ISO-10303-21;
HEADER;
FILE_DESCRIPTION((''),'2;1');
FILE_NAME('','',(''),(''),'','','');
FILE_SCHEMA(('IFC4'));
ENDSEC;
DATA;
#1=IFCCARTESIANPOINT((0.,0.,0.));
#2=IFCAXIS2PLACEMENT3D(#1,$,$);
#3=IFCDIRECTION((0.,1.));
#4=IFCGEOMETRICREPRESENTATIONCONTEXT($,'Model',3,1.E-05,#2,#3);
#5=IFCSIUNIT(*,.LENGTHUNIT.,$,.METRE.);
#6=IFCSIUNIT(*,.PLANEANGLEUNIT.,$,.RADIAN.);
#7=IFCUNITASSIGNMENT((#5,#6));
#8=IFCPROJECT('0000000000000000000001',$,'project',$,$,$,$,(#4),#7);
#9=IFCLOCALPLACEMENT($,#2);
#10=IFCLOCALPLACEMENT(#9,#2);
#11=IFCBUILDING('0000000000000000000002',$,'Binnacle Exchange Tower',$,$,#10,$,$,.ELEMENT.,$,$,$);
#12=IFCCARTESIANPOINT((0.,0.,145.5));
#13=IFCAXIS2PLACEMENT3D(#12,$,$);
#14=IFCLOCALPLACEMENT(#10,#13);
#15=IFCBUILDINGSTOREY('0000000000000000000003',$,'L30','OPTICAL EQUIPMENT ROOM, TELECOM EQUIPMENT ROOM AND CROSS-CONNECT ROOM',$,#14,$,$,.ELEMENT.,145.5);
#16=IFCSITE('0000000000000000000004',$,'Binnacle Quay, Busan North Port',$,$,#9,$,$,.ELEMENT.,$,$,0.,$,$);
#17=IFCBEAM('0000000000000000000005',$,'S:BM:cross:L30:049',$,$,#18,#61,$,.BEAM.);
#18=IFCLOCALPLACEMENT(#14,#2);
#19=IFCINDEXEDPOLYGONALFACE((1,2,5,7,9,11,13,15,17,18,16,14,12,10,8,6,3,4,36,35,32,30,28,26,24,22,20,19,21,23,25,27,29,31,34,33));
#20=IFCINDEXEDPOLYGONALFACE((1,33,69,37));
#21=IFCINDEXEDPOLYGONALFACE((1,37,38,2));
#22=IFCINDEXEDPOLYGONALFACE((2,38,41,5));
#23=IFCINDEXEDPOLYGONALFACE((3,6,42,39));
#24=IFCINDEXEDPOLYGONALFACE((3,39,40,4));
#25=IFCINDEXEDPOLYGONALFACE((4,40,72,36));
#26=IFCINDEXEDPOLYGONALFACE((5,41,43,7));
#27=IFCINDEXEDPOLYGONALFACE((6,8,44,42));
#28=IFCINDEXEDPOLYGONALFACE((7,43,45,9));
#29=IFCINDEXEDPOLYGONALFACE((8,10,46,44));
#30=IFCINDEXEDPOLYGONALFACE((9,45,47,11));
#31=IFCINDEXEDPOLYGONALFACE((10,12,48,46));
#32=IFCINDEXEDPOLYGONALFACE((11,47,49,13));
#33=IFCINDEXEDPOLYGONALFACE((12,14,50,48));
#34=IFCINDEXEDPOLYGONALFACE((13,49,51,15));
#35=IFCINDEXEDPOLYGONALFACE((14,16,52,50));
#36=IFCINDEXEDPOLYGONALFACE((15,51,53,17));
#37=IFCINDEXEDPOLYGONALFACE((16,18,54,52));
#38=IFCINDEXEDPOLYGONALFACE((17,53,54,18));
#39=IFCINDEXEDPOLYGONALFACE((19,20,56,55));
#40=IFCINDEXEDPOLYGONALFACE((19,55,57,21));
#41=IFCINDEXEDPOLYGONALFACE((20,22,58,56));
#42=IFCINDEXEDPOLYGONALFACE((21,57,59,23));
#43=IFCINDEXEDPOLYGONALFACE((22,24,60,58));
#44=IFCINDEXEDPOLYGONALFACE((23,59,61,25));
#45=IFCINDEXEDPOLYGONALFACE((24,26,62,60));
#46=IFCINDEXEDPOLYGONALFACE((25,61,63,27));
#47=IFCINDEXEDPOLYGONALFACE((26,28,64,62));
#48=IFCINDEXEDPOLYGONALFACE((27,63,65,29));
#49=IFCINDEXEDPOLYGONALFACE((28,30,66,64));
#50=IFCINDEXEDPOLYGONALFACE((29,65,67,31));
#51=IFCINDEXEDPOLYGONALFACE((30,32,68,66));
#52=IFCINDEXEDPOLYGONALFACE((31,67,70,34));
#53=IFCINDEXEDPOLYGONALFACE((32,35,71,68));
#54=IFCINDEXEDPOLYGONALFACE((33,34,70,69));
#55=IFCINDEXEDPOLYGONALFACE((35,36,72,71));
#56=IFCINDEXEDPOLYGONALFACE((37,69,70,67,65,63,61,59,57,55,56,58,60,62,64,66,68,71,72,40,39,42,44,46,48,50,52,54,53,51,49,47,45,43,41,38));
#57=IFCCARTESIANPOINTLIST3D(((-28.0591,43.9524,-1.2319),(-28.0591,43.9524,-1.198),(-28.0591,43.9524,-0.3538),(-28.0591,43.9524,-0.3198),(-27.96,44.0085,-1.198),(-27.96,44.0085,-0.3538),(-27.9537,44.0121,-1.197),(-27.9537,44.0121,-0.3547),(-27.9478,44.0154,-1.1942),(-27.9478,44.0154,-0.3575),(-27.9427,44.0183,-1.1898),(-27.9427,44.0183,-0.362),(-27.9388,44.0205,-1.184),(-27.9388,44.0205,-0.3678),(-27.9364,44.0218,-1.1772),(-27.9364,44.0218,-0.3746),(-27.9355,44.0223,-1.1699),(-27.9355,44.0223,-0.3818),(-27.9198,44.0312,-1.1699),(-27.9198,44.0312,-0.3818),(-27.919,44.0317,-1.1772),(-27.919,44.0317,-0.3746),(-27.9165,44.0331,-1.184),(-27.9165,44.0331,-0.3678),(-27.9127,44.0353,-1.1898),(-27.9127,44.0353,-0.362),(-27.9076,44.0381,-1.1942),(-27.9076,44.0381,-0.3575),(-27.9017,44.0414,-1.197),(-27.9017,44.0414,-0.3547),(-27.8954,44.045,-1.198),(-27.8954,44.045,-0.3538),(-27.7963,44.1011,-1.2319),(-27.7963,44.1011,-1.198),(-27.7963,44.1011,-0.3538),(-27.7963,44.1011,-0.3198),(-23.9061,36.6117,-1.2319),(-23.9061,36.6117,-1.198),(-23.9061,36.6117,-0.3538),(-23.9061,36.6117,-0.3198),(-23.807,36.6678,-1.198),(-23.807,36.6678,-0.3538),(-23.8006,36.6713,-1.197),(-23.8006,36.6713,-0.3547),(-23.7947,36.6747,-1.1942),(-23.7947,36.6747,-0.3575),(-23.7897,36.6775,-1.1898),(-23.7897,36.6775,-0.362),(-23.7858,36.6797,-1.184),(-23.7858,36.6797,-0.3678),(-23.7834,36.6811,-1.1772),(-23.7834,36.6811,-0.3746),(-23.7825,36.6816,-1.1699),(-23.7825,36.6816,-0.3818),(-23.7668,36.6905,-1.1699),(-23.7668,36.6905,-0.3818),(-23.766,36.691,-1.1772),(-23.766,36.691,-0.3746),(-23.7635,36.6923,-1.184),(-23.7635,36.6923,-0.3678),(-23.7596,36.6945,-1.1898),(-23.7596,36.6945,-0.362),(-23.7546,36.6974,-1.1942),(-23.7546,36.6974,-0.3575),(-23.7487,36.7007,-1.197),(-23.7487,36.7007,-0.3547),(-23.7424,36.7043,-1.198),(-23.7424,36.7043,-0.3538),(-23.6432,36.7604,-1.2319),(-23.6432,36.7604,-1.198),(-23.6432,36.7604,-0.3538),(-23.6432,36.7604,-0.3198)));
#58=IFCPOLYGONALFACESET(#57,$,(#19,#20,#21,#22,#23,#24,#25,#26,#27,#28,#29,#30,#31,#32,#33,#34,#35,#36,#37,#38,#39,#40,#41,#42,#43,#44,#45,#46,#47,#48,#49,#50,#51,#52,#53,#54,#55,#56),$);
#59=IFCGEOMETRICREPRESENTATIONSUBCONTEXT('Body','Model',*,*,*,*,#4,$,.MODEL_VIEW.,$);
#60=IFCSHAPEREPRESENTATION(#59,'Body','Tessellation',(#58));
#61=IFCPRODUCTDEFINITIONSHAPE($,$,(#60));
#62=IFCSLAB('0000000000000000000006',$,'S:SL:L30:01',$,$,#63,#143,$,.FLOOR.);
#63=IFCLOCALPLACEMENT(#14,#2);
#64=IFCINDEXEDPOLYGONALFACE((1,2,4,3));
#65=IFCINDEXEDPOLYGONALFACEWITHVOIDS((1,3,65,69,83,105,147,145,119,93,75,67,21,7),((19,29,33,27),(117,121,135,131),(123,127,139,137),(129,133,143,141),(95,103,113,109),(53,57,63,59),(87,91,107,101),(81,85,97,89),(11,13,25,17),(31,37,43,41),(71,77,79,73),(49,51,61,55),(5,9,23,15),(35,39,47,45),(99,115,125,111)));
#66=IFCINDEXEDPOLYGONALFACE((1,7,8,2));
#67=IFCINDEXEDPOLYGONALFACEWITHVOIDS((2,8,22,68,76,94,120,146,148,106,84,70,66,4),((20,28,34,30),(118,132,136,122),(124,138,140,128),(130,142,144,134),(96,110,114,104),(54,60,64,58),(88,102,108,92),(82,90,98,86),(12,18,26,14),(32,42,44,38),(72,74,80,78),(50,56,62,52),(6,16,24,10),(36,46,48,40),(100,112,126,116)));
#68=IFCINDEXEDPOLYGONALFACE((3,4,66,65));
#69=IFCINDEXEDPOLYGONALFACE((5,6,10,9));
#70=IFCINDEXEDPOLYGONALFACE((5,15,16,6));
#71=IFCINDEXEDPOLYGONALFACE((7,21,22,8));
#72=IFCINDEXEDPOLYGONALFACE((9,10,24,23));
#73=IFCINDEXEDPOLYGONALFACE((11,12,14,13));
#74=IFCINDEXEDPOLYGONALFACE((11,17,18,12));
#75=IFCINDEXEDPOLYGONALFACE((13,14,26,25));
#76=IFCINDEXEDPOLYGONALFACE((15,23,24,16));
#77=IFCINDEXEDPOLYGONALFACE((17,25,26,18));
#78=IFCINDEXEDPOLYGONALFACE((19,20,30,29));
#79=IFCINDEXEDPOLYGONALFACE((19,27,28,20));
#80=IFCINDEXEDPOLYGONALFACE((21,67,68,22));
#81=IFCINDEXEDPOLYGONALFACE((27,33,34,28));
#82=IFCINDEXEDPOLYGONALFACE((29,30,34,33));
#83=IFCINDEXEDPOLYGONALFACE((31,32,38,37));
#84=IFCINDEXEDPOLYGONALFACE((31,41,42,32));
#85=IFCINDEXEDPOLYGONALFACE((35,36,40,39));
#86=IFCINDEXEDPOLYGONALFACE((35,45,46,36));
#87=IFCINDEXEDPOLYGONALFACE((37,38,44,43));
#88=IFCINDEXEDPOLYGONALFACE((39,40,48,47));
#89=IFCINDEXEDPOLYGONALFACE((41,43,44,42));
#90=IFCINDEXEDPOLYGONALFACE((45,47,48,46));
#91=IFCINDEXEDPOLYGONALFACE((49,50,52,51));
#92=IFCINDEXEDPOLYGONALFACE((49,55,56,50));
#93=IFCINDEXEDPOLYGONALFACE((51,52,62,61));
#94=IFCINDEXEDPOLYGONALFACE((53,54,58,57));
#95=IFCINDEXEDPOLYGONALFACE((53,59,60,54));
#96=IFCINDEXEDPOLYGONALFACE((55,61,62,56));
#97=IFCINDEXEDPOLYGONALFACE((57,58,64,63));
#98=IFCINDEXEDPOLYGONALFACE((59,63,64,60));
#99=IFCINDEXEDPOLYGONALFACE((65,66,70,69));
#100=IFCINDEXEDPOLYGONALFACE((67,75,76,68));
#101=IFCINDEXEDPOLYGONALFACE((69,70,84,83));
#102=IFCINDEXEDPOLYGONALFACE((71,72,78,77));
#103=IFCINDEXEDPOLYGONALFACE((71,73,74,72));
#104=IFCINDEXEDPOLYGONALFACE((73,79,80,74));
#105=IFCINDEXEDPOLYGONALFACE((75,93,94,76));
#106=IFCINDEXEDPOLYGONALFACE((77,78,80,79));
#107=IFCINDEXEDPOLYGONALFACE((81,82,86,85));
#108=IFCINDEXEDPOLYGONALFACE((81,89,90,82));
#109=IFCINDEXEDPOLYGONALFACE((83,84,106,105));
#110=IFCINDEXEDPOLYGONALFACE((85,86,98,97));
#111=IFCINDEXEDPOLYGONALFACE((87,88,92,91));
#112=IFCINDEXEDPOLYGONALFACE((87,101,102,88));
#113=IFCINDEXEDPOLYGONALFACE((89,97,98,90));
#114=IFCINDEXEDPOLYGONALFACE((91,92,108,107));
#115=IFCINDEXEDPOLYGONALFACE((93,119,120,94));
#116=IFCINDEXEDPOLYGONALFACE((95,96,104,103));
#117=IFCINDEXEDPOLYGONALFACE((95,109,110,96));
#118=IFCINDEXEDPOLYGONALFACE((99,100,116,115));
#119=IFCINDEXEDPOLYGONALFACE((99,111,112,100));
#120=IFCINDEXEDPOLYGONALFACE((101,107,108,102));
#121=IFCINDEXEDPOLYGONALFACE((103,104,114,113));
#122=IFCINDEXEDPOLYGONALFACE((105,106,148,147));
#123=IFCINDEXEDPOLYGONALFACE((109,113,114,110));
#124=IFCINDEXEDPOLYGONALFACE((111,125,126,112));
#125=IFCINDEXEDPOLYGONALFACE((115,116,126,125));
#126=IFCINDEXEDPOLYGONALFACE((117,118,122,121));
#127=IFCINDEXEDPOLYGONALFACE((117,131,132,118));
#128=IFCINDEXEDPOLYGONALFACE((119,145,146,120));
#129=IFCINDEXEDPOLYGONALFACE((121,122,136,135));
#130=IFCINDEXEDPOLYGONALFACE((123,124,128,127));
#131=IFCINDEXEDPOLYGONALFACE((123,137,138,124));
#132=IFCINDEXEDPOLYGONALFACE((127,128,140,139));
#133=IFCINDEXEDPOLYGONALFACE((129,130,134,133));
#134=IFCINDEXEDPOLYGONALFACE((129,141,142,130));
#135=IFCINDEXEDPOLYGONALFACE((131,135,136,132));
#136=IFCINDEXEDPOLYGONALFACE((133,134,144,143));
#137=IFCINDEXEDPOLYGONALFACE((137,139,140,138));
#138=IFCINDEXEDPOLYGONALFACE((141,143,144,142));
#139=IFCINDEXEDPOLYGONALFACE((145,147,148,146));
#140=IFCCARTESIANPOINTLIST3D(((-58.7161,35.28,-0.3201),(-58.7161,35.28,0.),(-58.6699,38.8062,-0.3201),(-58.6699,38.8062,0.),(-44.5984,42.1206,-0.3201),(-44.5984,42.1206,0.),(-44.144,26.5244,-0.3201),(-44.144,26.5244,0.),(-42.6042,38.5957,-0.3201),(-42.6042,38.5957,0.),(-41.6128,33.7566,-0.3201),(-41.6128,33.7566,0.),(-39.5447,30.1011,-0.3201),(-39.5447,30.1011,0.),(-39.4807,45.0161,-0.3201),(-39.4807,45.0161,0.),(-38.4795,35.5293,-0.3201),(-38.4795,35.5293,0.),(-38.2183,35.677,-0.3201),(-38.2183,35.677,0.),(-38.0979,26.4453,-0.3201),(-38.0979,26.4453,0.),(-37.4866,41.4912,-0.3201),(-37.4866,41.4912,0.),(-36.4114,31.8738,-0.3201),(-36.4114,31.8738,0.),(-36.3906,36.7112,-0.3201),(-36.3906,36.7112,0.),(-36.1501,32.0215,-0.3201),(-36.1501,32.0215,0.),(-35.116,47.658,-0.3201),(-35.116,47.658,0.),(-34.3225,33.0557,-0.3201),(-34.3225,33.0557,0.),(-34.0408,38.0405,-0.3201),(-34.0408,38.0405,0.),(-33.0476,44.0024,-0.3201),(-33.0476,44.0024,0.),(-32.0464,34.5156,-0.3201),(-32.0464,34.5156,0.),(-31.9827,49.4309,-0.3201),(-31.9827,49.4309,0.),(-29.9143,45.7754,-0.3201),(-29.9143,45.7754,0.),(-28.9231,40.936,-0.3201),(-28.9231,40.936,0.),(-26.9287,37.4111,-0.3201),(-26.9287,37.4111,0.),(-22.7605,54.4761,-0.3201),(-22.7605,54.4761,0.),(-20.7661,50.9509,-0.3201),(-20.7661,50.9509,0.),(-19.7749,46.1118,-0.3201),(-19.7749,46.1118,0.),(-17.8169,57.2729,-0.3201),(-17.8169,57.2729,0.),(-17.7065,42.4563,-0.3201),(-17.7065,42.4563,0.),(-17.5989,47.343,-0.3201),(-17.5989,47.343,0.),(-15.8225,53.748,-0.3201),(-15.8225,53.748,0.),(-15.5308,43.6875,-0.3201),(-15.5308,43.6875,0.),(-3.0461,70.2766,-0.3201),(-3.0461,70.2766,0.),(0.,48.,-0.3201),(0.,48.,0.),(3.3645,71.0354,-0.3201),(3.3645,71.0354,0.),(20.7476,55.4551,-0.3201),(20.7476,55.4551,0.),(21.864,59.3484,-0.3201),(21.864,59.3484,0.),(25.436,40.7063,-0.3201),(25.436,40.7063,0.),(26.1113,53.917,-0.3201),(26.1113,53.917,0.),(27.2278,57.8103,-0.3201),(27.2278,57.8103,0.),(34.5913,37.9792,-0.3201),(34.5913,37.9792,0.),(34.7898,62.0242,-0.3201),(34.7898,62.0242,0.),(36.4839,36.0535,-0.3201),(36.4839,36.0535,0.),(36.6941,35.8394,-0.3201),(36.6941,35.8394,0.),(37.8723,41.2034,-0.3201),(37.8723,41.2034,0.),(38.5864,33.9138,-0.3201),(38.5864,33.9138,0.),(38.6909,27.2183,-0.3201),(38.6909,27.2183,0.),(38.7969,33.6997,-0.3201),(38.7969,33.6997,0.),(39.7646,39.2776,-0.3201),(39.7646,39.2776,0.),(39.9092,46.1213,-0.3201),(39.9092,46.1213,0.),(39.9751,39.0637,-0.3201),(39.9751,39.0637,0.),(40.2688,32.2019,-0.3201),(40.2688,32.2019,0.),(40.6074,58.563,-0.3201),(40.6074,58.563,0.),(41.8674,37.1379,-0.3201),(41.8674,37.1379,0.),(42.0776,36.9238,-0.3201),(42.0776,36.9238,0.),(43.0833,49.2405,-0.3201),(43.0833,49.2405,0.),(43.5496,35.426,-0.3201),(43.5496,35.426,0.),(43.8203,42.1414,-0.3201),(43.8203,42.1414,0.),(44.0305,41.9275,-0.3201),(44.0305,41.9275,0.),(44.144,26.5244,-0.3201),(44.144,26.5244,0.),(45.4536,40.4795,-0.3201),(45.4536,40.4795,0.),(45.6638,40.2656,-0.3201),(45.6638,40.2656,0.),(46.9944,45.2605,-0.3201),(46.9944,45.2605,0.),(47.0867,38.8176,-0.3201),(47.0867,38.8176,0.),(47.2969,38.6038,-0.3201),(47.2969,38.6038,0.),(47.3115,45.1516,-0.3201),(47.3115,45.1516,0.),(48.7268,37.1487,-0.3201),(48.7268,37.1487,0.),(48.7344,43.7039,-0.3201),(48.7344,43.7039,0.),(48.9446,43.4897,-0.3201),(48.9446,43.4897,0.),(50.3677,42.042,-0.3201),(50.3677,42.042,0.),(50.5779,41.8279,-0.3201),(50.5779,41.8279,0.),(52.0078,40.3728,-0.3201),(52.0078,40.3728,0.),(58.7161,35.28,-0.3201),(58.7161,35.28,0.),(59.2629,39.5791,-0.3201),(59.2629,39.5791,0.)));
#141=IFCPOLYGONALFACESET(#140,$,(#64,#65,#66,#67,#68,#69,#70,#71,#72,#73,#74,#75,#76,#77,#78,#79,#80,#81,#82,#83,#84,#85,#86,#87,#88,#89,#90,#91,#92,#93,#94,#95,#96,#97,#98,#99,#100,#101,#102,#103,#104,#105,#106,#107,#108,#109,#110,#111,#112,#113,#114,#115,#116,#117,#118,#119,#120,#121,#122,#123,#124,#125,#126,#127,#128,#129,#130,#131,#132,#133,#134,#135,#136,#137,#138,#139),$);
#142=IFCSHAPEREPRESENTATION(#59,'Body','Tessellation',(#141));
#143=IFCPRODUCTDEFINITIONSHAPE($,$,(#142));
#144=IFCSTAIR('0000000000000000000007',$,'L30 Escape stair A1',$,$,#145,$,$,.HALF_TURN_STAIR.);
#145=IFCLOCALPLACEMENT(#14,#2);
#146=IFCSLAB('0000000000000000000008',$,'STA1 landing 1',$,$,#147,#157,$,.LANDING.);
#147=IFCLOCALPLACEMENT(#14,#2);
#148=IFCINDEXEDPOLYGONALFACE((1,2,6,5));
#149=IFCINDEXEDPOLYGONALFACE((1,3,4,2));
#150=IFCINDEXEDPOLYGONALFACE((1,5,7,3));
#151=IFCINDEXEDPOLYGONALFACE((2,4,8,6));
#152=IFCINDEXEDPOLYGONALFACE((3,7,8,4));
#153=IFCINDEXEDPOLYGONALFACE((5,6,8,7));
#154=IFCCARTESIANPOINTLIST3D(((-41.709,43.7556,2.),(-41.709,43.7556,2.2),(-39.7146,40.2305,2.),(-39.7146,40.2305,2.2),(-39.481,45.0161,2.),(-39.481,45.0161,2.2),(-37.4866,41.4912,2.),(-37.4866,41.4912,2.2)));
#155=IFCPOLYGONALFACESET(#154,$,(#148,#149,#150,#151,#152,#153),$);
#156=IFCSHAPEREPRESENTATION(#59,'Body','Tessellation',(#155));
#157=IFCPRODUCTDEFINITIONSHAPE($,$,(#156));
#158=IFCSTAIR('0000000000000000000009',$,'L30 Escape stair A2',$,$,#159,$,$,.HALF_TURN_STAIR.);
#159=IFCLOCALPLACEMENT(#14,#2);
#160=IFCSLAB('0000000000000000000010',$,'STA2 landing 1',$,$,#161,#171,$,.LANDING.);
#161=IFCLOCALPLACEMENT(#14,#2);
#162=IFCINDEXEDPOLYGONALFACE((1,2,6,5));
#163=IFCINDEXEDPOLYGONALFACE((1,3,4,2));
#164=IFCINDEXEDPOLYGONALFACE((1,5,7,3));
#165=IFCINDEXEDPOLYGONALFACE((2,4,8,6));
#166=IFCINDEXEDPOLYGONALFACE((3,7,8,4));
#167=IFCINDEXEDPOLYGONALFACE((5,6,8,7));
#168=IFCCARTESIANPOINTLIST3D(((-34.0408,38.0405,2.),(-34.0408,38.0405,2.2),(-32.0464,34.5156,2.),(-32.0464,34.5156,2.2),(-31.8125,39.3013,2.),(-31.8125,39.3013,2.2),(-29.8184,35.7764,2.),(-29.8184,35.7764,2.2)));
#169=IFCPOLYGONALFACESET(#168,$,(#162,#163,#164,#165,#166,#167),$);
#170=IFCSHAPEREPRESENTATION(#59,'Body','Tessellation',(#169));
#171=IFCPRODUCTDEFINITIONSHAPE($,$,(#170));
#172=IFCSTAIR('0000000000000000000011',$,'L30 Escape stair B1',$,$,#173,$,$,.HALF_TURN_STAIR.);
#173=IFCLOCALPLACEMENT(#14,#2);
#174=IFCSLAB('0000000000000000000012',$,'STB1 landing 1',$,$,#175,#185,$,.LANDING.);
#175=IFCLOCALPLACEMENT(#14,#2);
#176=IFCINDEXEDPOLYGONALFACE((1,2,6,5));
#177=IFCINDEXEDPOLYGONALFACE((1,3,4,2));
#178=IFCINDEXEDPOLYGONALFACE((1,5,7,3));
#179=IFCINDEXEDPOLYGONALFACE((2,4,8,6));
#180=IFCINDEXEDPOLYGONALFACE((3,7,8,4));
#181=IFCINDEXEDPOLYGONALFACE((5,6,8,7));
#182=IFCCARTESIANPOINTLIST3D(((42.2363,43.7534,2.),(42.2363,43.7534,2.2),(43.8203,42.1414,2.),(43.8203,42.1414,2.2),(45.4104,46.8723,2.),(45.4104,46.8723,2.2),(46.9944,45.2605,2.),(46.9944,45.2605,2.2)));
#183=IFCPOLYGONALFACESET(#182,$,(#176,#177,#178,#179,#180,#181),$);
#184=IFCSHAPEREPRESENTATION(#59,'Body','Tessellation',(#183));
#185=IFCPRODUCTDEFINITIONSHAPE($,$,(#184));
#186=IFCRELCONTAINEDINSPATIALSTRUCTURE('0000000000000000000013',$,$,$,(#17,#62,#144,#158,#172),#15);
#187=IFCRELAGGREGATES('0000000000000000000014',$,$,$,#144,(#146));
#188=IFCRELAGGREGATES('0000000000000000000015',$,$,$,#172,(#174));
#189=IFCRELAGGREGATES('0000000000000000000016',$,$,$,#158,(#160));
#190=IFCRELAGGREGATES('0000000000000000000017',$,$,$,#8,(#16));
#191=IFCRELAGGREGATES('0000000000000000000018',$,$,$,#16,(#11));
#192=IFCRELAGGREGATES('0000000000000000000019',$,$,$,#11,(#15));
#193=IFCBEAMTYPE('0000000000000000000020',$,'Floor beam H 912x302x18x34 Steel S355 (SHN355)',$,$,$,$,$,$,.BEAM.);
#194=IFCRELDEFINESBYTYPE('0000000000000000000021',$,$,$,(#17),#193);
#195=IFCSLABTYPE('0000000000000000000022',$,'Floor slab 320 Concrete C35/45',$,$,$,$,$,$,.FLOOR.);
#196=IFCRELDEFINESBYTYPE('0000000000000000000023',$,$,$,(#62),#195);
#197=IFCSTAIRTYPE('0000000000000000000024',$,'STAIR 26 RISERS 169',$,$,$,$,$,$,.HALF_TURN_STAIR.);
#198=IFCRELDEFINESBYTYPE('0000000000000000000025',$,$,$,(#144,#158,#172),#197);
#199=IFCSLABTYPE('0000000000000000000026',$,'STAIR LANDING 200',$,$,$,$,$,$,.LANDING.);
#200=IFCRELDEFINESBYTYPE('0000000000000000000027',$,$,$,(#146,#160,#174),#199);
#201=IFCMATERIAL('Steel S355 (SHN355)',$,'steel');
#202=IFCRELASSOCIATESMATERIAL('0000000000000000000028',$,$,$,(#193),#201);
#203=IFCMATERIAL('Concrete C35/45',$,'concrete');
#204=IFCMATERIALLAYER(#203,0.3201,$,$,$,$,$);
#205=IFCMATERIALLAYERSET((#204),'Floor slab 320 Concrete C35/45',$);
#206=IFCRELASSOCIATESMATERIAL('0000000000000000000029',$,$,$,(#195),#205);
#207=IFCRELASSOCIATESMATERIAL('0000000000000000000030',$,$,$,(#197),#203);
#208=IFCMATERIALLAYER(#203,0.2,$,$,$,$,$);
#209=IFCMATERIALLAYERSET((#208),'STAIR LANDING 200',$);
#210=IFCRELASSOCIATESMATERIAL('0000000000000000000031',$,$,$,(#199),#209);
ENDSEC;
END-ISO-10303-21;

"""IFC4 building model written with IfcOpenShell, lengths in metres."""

from ifc_helpers import new_model, si_unit, direction, frame, origin, origin_2d, place, context, subcontext, project, spatial, polyline, i_section, outline, extrude, material, layer, layer_set, material_profile, profile_set, type_object, element, aggregate, save


model = new_model("IFC4")

# Units and contexts
model_context = context("Model", 3, precision=1e-05, world=origin(), true_north=direction((0.0, 1.0)))
body_context = subcontext(model_context, "Body", "Model", "MODEL_VIEW")
ifc_project = project(units=[si_unit("LENGTHUNIT", "METRE"), si_unit("PLANEANGLEUNIT", "RADIAN")], contexts=[model_context])

# Site, building, storey
site_placement = place(None, origin())
site = spatial("IfcSite", under=ifc_project, at=site_placement, Name="Binnacle Quay, Busan North Port", CompositionType="ELEMENT", RefElevation=0.0)
building_placement = place(site_placement, origin())
building = spatial("IfcBuilding", under=site, at=building_placement, Name="Binnacle Exchange Tower", CompositionType="ELEMENT")
storey_placement = place(building_placement, frame((0.0, 0.0, 145.5)))
storey = spatial("IfcBuildingStorey", under=building, at=storey_placement, Name="L30", Description="OPTICAL EQUIPMENT ROOM, TELECOM EQUIPMENT ROOM AND CROSS-CONNECT ROOM", CompositionType="ELEMENT", Elevation=145.5)

# Beam
ifc_material_1 = material(Name="Steel S355 (SHN355)", Category="steel")
ifc_material_profile_1 = material_profile(ifc_material_1, i_section(OverallWidth=0.302, OverallDepth=0.9121, WebThickness=0.0181, FlangeThickness=0.0339, FilletRadius=0.0281, at=origin_2d()), Name="H 912x302x18x34")
ifc_profile_set_1 = profile_set([ifc_material_profile_1], Name="Steel S355 (SHN355)")
beam_type_1 = type_object("IfcBeamType", Name="Floor beam H 912x302x18x34 Steel S355 (SHN355)", PredefinedType="BEAM", material=ifc_profile_set_1)
beam_1_placement = place(storey_placement, frame((-23.7747, 36.686, -0.7759), z_axis=(-0.492409, 0.870364, 0.0), x_axis=(-0.870364, -0.492409, 0.0)))
element("IfcBeam", 1, at=beam_1_placement, inside=storey, type_object=beam_type_1, Name="S:BM:cross:L30:049", PredefinedType="BEAM", context=body_context, shape_type="SweptSolid", body=[
    extrude(i_section(OverallWidth=0.302, OverallDepth=0.9121, WebThickness=0.0181, FlangeThickness=0.0339, FilletRadius=0.0281, at=origin_2d()), origin(), (0.0, 0.0, 1.0), 8.4341),
])

# Slab
ifc_material_2 = material(Name="Concrete C35/45", Category="concrete")
ifc_layer_1 = layer(ifc_material_2, 0.3201)
ifc_layer_set_1 = layer_set([ifc_layer_1], Name="Floor slab 320 Concrete C35/45")
slab_type_1 = type_object("IfcSlabType", Name="Floor slab 320 Concrete C35/45", PredefinedType="FLOOR", material=ifc_layer_set_1)
slab_1_placement = place(storey_placement, frame((0.0, 0.0, -0.3201)))
element("IfcSlab", 2, at=slab_1_placement, inside=storey, type_object=slab_type_1, Name="S:SL:L30:01", PredefinedType="FLOOR", context=body_context, shape_type="SweptSolid", body=[
    extrude(outline(polyline([(59.2629, 39.5791), (58.7161, 35.28), (44.144, 26.5244), (38.6909, 27.2183), (25.436, 40.7063), (0.0, 48.0), (-38.0979, 26.4453), (-44.144, 26.5244), (-58.7161, 35.28), (-58.6699, 38.8062), (-3.0461, 70.2766), (3.3645, 71.0354), (34.7898, 62.0242), (40.6074, 58.563), (59.2629, 39.5791)]), holes=[polyline([(-38.4795, 35.5293), (-41.6128, 33.7566), (-39.5447, 30.1011), (-36.4114, 31.8738), (-38.4795, 35.5293)]), polyline([(-34.3225, 33.0557), (-36.3906, 36.7112), (-38.2183, 35.677), (-36.1501, 32.0215), (-34.3225, 33.0557)]), polyline([(-34.0408, 38.0405), (-32.0464, 34.5156), (-26.9287, 37.4111), (-28.9231, 40.936), (-34.0408, 38.0405)]), polyline([(-37.4866, 41.4912), (-39.4807, 45.0161), (-44.5984, 42.1206), (-42.6042, 38.5957), (-37.4866, 41.4912)]), polyline([(-15.5308, 43.6875), (-17.5989, 47.343), (-19.7749, 46.1118), (-17.7065, 42.4563), (-15.5308, 43.6875)]), polyline([(-29.9143, 45.7754), (-31.9827, 49.4309), (-35.116, 47.658), (-33.0476, 44.0024), (-29.9143, 45.7754)]), polyline([(-15.8225, 53.748), (-17.8169, 57.2729), (-22.7605, 54.4761), (-20.7661, 50.9509), (-15.8225, 53.748)]), polyline([(26.1113, 53.917), (27.2278, 57.8103), (21.864, 59.3484), (20.7476, 55.4551), (26.1113, 53.917)]), polyline([(40.2688, 32.2019), (43.5496, 35.426), (42.0776, 36.9238), (38.7969, 33.6997), (40.2688, 32.2019)]), polyline([(38.5864, 33.9138), (41.8674, 37.1379), (39.9751, 39.0637), (36.6941, 35.8394), (38.5864, 33.9138)]), polyline([(36.4839, 36.0535), (39.7646, 39.2776), (37.8723, 41.2034), (34.5913, 37.9792), (36.4839, 36.0535)]), polyline([(48.7268, 37.1487), (52.0078, 40.3728), (50.5779, 41.8279), (47.2969, 38.6038), (48.7268, 37.1487)]), polyline([(47.0867, 38.8176), (50.3677, 42.042), (48.9446, 43.4897), (45.6638, 40.2656), (47.0867, 38.8176)]), polyline([(45.4536, 40.4795), (48.7344, 43.7039), (47.3115, 45.1516), (44.0305, 41.9275), (45.4536, 40.4795)]), polyline([(43.8203, 42.1414), (46.9944, 45.2605), (43.0833, 49.2405), (39.9092, 46.1213), (43.8203, 42.1414)])]), origin(), (0.0, 0.0, 1.0), 0.3201),
])

# Stairs, slabs
stair_type = type_object("IfcStairType", Name="STAIR 26 RISERS 169", PredefinedType="HALF_TURN_STAIR", material=ifc_material_2)
stair_1_placement = place(storey_placement, origin())
stair_1 = element("IfcStair", 3, at=stair_1_placement, inside=storey, type_object=stair_type, Name="L30 Escape stair A1", PredefinedType="HALF_TURN_STAIR")
ifc_layer_2 = layer(ifc_material_2, 0.2)
ifc_layer_set_2 = layer_set([ifc_layer_2], Name="STAIR LANDING 200")
slab_type_2 = type_object("IfcSlabType", Name="STAIR LANDING 200", PredefinedType="LANDING", material=ifc_layer_set_2)
slab_2_placement = place(storey_placement, frame((0.0, 0.0, 2.0)))
slab_2 = element("IfcSlab", 4, at=slab_2_placement, type_object=slab_type_2, Name="STA1 landing 1", PredefinedType="LANDING", context=body_context, shape_type="SweptSolid", body=[
    extrude(outline(polyline([(-39.7146, 40.2305), (-37.4866, 41.4912), (-39.481, 45.0161), (-41.709, 43.7556), (-39.7146, 40.2305)])), origin(), (0.0, 0.0, 1.0), 0.2),
])
aggregate(stair_1, [slab_2])
stair_2_placement = place(storey_placement, origin())
stair_2 = element("IfcStair", 5, at=stair_2_placement, inside=storey, type_object=stair_type, Name="L30 Escape stair A2", PredefinedType="HALF_TURN_STAIR")
slab_3_placement = place(storey_placement, frame((0.0, 0.0, 2.0)))
slab_3 = element("IfcSlab", 6, at=slab_3_placement, type_object=slab_type_2, Name="STA2 landing 1", PredefinedType="LANDING", context=body_context, shape_type="SweptSolid", body=[
    extrude(outline(polyline([(-31.8125, 39.3013), (-34.0408, 38.0405), (-32.0464, 34.5156), (-29.8184, 35.7764), (-31.8125, 39.3013)])), origin(), (0.0, 0.0, 1.0), 0.2),
])
stair_3_placement = place(storey_placement, origin())
stair_3 = element("IfcStair", 7, at=stair_3_placement, inside=storey, type_object=stair_type, Name="L30 Escape stair B1", PredefinedType="HALF_TURN_STAIR")
slab_4_placement = place(storey_placement, frame((0.0, 0.0, 2.0)))
slab_4 = element("IfcSlab", 8, at=slab_4_placement, type_object=slab_type_2, Name="STB1 landing 1", PredefinedType="LANDING", context=body_context, shape_type="SweptSolid", body=[
    extrude(outline(polyline([(42.2363, 43.7534), (43.8203, 42.1414), (46.9944, 45.2605), (45.4104, 46.8723), (42.2363, 43.7534)])), origin(), (0.0, 0.0, 1.0), 0.2),
])
aggregate(stair_3, [slab_4])

aggregate(stair_2, [slab_3])

save(model, "model.ifc")
